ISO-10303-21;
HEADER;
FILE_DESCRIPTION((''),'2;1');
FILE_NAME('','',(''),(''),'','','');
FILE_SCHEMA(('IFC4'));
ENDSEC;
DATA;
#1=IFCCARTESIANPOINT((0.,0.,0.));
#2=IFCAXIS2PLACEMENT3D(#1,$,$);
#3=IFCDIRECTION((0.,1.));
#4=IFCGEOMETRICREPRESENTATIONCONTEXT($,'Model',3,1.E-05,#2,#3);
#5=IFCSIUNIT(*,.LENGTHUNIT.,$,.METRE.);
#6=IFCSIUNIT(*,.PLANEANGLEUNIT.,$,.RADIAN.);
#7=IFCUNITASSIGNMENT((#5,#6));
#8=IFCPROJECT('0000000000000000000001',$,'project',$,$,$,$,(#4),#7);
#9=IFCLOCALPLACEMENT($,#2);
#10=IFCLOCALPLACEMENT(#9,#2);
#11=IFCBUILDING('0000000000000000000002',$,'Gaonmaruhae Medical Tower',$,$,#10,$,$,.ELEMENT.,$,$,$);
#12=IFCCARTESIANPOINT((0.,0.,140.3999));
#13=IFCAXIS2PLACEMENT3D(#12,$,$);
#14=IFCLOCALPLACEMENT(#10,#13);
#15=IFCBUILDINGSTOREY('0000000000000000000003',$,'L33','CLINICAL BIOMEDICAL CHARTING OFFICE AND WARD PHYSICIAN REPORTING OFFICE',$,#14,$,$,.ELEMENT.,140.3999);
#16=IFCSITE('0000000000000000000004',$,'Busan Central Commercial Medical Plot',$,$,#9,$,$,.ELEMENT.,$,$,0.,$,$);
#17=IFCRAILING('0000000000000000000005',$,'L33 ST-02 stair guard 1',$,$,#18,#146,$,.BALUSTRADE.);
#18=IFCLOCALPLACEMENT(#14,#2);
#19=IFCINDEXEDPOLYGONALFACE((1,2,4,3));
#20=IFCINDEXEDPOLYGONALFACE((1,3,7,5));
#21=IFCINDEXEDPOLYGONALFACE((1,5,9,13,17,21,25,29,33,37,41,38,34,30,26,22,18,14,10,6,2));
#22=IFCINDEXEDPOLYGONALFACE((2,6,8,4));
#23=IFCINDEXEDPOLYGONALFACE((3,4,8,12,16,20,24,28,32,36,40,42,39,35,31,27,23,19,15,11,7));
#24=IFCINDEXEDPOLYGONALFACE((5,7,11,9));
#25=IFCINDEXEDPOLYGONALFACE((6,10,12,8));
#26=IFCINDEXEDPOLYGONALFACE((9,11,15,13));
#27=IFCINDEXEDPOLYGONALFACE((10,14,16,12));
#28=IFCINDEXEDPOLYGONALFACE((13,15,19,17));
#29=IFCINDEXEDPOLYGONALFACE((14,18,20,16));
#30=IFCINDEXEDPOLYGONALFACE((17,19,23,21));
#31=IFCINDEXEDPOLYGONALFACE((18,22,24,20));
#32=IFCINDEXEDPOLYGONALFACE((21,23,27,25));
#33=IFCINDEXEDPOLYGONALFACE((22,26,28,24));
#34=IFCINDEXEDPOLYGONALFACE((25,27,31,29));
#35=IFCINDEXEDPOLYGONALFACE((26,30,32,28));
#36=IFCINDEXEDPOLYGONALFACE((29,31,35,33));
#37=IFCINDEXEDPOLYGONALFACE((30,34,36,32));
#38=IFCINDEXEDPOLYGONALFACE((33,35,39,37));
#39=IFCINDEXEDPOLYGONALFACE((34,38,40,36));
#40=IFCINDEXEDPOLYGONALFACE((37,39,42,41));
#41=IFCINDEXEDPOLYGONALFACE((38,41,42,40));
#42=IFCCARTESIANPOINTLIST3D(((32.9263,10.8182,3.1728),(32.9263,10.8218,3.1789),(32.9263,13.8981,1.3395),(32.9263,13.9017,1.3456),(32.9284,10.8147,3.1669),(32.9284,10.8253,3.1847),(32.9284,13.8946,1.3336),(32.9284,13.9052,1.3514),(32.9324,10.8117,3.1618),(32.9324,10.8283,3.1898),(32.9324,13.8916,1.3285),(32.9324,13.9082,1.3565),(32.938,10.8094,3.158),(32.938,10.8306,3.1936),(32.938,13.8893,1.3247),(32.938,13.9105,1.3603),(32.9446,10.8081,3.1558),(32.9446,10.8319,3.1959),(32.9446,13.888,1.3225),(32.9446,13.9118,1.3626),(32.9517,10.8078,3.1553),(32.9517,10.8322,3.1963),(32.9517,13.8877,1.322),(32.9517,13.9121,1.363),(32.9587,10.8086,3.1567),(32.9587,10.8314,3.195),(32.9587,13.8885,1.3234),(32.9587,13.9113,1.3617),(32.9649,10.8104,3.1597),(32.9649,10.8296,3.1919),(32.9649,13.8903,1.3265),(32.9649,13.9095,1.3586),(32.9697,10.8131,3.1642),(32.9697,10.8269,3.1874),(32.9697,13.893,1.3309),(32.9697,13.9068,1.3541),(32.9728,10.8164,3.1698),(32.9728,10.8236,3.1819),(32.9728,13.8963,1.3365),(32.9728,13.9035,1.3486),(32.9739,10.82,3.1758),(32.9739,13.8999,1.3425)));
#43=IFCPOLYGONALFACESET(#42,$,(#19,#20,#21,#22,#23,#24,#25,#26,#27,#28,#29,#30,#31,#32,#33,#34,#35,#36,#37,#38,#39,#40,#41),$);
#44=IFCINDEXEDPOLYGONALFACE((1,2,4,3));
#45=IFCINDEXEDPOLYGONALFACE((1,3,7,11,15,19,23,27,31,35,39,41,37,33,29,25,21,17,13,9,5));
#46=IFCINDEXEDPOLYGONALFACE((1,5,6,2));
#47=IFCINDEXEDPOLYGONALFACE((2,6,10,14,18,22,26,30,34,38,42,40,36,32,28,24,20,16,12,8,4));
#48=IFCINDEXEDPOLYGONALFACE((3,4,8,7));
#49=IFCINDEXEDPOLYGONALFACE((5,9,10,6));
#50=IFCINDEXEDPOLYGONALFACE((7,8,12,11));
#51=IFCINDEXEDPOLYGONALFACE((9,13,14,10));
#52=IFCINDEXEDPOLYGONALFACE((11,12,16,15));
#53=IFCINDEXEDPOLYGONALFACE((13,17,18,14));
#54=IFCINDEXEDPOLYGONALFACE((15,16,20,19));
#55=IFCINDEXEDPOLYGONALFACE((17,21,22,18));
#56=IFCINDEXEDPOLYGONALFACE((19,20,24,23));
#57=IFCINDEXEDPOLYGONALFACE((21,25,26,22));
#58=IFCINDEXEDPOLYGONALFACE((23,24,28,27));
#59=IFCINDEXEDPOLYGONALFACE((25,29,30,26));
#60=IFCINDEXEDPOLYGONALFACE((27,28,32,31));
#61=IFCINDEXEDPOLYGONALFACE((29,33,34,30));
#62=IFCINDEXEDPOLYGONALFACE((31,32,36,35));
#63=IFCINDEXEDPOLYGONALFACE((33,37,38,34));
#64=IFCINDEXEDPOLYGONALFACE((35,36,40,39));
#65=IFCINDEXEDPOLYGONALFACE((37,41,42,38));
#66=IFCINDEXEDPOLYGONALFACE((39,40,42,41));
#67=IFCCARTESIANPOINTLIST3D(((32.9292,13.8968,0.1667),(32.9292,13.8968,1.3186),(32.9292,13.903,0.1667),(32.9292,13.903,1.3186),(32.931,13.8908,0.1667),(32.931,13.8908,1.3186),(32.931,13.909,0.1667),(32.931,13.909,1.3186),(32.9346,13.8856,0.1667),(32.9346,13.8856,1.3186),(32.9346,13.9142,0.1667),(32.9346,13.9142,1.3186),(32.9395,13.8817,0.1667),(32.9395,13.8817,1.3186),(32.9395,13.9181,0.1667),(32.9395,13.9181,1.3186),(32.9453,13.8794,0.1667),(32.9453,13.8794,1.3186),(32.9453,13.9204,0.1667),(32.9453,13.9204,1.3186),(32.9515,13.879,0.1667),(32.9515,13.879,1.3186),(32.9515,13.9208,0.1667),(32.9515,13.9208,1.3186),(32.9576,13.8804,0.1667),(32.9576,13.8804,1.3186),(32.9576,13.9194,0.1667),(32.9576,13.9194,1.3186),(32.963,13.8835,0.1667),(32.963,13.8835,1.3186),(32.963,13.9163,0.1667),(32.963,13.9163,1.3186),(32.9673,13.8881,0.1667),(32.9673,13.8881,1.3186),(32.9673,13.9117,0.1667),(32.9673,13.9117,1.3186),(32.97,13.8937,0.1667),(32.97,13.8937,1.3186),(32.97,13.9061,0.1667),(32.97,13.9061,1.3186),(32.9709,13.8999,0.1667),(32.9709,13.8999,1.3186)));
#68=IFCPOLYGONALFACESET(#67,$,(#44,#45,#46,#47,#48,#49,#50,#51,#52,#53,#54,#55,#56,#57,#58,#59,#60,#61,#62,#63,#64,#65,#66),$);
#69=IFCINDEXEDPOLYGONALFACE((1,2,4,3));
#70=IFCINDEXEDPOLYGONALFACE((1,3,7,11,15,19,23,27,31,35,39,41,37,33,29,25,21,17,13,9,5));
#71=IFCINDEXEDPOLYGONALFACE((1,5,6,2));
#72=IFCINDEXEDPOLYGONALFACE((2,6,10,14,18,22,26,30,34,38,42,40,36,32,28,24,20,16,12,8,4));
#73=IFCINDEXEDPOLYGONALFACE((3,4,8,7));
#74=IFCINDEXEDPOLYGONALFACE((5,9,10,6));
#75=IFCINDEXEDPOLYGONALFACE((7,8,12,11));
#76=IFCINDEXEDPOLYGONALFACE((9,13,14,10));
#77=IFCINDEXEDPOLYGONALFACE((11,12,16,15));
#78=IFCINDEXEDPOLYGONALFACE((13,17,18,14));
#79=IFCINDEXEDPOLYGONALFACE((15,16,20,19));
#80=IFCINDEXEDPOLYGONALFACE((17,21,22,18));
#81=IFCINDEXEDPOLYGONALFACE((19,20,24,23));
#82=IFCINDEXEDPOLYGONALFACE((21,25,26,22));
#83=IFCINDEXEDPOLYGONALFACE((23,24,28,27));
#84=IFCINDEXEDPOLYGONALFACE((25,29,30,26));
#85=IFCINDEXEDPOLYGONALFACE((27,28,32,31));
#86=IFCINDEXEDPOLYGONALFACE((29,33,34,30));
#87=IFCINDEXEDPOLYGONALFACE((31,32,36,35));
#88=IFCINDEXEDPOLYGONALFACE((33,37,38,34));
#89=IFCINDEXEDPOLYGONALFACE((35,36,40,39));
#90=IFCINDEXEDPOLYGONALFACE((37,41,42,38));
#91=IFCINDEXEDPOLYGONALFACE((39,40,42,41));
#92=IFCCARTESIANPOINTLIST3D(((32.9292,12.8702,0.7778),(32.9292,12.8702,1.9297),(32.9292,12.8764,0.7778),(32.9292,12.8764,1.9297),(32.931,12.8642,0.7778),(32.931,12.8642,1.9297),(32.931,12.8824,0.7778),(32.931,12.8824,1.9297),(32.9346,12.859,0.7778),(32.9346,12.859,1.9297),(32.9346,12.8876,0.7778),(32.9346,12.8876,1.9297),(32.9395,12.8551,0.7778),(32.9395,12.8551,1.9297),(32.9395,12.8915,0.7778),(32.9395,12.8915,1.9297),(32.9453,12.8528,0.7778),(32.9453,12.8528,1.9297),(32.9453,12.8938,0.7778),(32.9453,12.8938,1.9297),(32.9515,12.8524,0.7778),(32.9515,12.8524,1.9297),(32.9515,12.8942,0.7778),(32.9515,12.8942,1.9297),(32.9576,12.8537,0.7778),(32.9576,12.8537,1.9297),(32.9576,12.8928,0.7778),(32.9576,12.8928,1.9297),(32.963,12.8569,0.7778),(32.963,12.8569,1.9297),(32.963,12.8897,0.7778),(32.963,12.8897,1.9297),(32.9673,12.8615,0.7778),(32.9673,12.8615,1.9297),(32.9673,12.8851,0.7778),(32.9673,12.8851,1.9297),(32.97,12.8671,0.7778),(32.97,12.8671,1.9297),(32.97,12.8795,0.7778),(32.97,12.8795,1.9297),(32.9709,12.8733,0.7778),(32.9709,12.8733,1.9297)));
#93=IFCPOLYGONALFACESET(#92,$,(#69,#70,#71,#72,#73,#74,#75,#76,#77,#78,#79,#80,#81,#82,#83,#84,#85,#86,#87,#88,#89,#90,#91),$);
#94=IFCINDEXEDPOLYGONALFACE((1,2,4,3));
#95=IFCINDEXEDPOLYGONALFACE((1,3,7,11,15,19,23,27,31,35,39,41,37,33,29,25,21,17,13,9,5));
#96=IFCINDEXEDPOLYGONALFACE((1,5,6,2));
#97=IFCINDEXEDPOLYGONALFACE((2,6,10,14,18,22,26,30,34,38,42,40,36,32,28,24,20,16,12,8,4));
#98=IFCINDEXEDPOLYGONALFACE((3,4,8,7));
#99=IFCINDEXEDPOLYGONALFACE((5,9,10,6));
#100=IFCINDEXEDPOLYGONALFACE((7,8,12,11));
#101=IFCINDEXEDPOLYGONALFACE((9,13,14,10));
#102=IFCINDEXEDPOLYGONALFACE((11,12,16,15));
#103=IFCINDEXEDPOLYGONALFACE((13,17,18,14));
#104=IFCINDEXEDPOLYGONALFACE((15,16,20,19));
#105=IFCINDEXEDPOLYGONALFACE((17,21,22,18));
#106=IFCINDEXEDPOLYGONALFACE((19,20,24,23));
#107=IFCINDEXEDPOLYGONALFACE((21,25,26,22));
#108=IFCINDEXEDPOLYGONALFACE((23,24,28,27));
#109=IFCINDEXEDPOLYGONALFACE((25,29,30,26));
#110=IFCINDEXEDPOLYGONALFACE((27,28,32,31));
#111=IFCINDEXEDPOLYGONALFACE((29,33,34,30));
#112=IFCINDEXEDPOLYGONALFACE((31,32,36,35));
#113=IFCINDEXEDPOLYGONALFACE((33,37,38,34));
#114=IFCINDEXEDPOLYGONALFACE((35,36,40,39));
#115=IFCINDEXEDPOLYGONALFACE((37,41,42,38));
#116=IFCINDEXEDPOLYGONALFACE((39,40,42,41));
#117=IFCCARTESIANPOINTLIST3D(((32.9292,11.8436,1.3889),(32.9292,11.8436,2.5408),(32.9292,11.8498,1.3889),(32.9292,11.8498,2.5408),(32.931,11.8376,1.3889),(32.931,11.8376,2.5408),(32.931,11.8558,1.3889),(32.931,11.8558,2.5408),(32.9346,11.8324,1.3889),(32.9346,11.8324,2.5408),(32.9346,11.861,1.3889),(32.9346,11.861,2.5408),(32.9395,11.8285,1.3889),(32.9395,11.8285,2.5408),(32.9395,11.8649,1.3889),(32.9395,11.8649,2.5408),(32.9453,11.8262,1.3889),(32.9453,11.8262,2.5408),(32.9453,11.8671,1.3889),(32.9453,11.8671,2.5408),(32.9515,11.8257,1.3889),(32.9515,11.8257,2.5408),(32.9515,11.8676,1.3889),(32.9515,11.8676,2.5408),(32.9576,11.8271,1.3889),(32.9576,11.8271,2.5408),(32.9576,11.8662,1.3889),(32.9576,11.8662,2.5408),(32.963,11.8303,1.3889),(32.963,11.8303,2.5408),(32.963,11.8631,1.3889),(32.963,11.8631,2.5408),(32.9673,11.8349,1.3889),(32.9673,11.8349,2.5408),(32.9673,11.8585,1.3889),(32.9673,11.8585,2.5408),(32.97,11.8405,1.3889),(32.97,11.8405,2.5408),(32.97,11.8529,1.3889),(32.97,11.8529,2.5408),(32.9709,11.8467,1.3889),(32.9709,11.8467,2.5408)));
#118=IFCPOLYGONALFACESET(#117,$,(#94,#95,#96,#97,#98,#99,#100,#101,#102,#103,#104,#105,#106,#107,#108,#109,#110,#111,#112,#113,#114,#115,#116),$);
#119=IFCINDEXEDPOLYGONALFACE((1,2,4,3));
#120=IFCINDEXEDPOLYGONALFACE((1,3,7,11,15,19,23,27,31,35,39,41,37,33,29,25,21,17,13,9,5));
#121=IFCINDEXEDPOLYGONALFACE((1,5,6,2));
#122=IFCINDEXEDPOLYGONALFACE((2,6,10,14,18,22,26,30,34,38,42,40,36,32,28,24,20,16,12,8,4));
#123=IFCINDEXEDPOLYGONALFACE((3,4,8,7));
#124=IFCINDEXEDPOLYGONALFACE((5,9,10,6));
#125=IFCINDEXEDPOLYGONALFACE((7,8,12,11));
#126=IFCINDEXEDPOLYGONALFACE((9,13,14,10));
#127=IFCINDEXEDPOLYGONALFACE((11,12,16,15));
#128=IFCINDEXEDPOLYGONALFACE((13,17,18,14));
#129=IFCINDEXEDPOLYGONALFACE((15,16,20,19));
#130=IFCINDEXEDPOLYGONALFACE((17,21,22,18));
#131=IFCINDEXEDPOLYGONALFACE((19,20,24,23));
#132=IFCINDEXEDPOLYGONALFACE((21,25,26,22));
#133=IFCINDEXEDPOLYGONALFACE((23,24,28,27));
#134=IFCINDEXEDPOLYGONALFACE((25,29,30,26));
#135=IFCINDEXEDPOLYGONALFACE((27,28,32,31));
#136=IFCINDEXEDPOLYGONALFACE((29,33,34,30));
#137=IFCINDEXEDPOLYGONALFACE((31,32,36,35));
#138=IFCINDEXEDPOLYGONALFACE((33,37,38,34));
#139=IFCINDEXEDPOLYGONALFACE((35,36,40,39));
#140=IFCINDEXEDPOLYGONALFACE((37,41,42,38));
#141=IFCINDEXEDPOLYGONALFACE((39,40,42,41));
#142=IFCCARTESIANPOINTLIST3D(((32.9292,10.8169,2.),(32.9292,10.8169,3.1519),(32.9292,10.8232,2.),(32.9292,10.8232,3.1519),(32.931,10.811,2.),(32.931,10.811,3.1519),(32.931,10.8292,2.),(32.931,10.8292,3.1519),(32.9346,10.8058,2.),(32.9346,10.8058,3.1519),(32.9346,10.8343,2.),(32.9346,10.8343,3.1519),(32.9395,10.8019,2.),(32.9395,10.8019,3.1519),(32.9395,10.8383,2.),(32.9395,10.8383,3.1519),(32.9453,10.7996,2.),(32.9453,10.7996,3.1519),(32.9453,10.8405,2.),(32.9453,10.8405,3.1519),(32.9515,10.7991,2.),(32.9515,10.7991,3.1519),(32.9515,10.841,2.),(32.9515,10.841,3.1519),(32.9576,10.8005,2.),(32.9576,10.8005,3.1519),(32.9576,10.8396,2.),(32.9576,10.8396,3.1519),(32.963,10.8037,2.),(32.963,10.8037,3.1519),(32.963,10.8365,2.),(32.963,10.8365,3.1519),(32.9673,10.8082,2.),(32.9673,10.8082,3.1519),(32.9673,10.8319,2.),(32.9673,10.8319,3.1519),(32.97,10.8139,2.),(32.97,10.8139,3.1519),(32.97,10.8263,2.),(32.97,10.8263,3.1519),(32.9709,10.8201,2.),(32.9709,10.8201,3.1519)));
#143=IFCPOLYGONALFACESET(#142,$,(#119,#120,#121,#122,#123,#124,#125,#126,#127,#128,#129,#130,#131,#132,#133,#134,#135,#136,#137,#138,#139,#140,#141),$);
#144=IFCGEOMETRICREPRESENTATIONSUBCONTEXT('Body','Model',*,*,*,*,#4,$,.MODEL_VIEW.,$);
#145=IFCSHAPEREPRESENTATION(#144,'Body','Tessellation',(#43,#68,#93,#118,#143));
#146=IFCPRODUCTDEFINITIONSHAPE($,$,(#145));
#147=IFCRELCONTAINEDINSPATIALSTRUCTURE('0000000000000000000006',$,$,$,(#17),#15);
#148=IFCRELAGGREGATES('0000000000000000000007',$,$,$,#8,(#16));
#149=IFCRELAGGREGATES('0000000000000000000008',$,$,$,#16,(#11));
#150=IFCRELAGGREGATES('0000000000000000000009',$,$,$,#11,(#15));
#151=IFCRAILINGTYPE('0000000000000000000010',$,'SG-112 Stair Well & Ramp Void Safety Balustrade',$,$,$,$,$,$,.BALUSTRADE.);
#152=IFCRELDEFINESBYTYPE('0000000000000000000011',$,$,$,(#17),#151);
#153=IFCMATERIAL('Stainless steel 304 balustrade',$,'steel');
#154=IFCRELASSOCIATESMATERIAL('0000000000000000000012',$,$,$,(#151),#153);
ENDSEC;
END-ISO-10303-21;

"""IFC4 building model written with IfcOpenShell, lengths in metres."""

from ifc_helpers import new_model, si_unit, direction, frame, origin, origin_2d, place, context, subcontext, project, spatial, circle, extrude, material, type_object, element, save


model = new_model("IFC4")

# Units and contexts
model_context = context("Model", 3, precision=1e-05, world=origin(), true_north=direction((0.0, 1.0)))
body_context = subcontext(model_context, "Body", "Model", "MODEL_VIEW")
ifc_project = project(units=[si_unit("LENGTHUNIT", "METRE"), si_unit("PLANEANGLEUNIT", "RADIAN")], contexts=[model_context])

# Site, building, storey
site_placement = place(None, origin())
site = spatial("IfcSite", under=ifc_project, at=site_placement, Name="Busan Central Commercial Medical Plot", CompositionType="ELEMENT", RefElevation=0.0)
building_placement = place(site_placement, origin())
building = spatial("IfcBuilding", under=site, at=building_placement, Name="Gaonmaruhae Medical Tower", CompositionType="ELEMENT")
storey_placement = place(building_placement, frame((0.0, 0.0, 140.3999)))
storey = spatial("IfcBuildingStorey", under=building, at=storey_placement, Name="L33", Description="CLINICAL BIOMEDICAL CHARTING OFFICE AND WARD PHYSICIAN REPORTING OFFICE", CompositionType="ELEMENT", Elevation=140.3999)

# Railing
ifc_material_1 = material(Name="Stainless steel 304 balustrade", Category="steel")
railing_type_1 = type_object("IfcRailingType", Name="SG-112 Stair Well & Ramp Void Safety Balustrade", PredefinedType="BALUSTRADE", material=ifc_material_1)
railing_1_placement = place(storey_placement, frame((32.95, 13.8999, 0.1667)))
element("IfcRailing", 1, at=railing_1_placement, inside=storey, type_object=railing_type_1, Name="L33 ST-02 stair guard 1", PredefinedType="BALUSTRADE", context=body_context, shape_type="SweptSolid", body=[
    extrude(circle(Radius=0.0239, at=origin_2d()), frame((0.0, 0.0, 1.1758), z_axis=(0.0, -0.859291, 0.511487), x_axis=(1.0, 0.0, 0.0)), (0.0, 0.0, 1.0), 3.5842),
    extrude(circle(Radius=0.021, at=origin_2d()), origin(), (0.0, 0.0, 1.0), 1.1519),
    extrude(circle(Radius=0.021, at=origin_2d()), frame((0.0, -1.0266, 0.6111)), (0.0, 0.0, 1.0), 1.1519),
    extrude(circle(Radius=0.021, at=origin_2d()), frame((0.0, -2.0532, 1.2222)), (0.0, 0.0, 1.0), 1.1519),
    extrude(circle(Radius=0.021, at=origin_2d()), frame((0.0, -3.0798, 1.8333)), (0.0, 0.0, 1.0), 1.1519),
])

save(model, "model.ifc")
